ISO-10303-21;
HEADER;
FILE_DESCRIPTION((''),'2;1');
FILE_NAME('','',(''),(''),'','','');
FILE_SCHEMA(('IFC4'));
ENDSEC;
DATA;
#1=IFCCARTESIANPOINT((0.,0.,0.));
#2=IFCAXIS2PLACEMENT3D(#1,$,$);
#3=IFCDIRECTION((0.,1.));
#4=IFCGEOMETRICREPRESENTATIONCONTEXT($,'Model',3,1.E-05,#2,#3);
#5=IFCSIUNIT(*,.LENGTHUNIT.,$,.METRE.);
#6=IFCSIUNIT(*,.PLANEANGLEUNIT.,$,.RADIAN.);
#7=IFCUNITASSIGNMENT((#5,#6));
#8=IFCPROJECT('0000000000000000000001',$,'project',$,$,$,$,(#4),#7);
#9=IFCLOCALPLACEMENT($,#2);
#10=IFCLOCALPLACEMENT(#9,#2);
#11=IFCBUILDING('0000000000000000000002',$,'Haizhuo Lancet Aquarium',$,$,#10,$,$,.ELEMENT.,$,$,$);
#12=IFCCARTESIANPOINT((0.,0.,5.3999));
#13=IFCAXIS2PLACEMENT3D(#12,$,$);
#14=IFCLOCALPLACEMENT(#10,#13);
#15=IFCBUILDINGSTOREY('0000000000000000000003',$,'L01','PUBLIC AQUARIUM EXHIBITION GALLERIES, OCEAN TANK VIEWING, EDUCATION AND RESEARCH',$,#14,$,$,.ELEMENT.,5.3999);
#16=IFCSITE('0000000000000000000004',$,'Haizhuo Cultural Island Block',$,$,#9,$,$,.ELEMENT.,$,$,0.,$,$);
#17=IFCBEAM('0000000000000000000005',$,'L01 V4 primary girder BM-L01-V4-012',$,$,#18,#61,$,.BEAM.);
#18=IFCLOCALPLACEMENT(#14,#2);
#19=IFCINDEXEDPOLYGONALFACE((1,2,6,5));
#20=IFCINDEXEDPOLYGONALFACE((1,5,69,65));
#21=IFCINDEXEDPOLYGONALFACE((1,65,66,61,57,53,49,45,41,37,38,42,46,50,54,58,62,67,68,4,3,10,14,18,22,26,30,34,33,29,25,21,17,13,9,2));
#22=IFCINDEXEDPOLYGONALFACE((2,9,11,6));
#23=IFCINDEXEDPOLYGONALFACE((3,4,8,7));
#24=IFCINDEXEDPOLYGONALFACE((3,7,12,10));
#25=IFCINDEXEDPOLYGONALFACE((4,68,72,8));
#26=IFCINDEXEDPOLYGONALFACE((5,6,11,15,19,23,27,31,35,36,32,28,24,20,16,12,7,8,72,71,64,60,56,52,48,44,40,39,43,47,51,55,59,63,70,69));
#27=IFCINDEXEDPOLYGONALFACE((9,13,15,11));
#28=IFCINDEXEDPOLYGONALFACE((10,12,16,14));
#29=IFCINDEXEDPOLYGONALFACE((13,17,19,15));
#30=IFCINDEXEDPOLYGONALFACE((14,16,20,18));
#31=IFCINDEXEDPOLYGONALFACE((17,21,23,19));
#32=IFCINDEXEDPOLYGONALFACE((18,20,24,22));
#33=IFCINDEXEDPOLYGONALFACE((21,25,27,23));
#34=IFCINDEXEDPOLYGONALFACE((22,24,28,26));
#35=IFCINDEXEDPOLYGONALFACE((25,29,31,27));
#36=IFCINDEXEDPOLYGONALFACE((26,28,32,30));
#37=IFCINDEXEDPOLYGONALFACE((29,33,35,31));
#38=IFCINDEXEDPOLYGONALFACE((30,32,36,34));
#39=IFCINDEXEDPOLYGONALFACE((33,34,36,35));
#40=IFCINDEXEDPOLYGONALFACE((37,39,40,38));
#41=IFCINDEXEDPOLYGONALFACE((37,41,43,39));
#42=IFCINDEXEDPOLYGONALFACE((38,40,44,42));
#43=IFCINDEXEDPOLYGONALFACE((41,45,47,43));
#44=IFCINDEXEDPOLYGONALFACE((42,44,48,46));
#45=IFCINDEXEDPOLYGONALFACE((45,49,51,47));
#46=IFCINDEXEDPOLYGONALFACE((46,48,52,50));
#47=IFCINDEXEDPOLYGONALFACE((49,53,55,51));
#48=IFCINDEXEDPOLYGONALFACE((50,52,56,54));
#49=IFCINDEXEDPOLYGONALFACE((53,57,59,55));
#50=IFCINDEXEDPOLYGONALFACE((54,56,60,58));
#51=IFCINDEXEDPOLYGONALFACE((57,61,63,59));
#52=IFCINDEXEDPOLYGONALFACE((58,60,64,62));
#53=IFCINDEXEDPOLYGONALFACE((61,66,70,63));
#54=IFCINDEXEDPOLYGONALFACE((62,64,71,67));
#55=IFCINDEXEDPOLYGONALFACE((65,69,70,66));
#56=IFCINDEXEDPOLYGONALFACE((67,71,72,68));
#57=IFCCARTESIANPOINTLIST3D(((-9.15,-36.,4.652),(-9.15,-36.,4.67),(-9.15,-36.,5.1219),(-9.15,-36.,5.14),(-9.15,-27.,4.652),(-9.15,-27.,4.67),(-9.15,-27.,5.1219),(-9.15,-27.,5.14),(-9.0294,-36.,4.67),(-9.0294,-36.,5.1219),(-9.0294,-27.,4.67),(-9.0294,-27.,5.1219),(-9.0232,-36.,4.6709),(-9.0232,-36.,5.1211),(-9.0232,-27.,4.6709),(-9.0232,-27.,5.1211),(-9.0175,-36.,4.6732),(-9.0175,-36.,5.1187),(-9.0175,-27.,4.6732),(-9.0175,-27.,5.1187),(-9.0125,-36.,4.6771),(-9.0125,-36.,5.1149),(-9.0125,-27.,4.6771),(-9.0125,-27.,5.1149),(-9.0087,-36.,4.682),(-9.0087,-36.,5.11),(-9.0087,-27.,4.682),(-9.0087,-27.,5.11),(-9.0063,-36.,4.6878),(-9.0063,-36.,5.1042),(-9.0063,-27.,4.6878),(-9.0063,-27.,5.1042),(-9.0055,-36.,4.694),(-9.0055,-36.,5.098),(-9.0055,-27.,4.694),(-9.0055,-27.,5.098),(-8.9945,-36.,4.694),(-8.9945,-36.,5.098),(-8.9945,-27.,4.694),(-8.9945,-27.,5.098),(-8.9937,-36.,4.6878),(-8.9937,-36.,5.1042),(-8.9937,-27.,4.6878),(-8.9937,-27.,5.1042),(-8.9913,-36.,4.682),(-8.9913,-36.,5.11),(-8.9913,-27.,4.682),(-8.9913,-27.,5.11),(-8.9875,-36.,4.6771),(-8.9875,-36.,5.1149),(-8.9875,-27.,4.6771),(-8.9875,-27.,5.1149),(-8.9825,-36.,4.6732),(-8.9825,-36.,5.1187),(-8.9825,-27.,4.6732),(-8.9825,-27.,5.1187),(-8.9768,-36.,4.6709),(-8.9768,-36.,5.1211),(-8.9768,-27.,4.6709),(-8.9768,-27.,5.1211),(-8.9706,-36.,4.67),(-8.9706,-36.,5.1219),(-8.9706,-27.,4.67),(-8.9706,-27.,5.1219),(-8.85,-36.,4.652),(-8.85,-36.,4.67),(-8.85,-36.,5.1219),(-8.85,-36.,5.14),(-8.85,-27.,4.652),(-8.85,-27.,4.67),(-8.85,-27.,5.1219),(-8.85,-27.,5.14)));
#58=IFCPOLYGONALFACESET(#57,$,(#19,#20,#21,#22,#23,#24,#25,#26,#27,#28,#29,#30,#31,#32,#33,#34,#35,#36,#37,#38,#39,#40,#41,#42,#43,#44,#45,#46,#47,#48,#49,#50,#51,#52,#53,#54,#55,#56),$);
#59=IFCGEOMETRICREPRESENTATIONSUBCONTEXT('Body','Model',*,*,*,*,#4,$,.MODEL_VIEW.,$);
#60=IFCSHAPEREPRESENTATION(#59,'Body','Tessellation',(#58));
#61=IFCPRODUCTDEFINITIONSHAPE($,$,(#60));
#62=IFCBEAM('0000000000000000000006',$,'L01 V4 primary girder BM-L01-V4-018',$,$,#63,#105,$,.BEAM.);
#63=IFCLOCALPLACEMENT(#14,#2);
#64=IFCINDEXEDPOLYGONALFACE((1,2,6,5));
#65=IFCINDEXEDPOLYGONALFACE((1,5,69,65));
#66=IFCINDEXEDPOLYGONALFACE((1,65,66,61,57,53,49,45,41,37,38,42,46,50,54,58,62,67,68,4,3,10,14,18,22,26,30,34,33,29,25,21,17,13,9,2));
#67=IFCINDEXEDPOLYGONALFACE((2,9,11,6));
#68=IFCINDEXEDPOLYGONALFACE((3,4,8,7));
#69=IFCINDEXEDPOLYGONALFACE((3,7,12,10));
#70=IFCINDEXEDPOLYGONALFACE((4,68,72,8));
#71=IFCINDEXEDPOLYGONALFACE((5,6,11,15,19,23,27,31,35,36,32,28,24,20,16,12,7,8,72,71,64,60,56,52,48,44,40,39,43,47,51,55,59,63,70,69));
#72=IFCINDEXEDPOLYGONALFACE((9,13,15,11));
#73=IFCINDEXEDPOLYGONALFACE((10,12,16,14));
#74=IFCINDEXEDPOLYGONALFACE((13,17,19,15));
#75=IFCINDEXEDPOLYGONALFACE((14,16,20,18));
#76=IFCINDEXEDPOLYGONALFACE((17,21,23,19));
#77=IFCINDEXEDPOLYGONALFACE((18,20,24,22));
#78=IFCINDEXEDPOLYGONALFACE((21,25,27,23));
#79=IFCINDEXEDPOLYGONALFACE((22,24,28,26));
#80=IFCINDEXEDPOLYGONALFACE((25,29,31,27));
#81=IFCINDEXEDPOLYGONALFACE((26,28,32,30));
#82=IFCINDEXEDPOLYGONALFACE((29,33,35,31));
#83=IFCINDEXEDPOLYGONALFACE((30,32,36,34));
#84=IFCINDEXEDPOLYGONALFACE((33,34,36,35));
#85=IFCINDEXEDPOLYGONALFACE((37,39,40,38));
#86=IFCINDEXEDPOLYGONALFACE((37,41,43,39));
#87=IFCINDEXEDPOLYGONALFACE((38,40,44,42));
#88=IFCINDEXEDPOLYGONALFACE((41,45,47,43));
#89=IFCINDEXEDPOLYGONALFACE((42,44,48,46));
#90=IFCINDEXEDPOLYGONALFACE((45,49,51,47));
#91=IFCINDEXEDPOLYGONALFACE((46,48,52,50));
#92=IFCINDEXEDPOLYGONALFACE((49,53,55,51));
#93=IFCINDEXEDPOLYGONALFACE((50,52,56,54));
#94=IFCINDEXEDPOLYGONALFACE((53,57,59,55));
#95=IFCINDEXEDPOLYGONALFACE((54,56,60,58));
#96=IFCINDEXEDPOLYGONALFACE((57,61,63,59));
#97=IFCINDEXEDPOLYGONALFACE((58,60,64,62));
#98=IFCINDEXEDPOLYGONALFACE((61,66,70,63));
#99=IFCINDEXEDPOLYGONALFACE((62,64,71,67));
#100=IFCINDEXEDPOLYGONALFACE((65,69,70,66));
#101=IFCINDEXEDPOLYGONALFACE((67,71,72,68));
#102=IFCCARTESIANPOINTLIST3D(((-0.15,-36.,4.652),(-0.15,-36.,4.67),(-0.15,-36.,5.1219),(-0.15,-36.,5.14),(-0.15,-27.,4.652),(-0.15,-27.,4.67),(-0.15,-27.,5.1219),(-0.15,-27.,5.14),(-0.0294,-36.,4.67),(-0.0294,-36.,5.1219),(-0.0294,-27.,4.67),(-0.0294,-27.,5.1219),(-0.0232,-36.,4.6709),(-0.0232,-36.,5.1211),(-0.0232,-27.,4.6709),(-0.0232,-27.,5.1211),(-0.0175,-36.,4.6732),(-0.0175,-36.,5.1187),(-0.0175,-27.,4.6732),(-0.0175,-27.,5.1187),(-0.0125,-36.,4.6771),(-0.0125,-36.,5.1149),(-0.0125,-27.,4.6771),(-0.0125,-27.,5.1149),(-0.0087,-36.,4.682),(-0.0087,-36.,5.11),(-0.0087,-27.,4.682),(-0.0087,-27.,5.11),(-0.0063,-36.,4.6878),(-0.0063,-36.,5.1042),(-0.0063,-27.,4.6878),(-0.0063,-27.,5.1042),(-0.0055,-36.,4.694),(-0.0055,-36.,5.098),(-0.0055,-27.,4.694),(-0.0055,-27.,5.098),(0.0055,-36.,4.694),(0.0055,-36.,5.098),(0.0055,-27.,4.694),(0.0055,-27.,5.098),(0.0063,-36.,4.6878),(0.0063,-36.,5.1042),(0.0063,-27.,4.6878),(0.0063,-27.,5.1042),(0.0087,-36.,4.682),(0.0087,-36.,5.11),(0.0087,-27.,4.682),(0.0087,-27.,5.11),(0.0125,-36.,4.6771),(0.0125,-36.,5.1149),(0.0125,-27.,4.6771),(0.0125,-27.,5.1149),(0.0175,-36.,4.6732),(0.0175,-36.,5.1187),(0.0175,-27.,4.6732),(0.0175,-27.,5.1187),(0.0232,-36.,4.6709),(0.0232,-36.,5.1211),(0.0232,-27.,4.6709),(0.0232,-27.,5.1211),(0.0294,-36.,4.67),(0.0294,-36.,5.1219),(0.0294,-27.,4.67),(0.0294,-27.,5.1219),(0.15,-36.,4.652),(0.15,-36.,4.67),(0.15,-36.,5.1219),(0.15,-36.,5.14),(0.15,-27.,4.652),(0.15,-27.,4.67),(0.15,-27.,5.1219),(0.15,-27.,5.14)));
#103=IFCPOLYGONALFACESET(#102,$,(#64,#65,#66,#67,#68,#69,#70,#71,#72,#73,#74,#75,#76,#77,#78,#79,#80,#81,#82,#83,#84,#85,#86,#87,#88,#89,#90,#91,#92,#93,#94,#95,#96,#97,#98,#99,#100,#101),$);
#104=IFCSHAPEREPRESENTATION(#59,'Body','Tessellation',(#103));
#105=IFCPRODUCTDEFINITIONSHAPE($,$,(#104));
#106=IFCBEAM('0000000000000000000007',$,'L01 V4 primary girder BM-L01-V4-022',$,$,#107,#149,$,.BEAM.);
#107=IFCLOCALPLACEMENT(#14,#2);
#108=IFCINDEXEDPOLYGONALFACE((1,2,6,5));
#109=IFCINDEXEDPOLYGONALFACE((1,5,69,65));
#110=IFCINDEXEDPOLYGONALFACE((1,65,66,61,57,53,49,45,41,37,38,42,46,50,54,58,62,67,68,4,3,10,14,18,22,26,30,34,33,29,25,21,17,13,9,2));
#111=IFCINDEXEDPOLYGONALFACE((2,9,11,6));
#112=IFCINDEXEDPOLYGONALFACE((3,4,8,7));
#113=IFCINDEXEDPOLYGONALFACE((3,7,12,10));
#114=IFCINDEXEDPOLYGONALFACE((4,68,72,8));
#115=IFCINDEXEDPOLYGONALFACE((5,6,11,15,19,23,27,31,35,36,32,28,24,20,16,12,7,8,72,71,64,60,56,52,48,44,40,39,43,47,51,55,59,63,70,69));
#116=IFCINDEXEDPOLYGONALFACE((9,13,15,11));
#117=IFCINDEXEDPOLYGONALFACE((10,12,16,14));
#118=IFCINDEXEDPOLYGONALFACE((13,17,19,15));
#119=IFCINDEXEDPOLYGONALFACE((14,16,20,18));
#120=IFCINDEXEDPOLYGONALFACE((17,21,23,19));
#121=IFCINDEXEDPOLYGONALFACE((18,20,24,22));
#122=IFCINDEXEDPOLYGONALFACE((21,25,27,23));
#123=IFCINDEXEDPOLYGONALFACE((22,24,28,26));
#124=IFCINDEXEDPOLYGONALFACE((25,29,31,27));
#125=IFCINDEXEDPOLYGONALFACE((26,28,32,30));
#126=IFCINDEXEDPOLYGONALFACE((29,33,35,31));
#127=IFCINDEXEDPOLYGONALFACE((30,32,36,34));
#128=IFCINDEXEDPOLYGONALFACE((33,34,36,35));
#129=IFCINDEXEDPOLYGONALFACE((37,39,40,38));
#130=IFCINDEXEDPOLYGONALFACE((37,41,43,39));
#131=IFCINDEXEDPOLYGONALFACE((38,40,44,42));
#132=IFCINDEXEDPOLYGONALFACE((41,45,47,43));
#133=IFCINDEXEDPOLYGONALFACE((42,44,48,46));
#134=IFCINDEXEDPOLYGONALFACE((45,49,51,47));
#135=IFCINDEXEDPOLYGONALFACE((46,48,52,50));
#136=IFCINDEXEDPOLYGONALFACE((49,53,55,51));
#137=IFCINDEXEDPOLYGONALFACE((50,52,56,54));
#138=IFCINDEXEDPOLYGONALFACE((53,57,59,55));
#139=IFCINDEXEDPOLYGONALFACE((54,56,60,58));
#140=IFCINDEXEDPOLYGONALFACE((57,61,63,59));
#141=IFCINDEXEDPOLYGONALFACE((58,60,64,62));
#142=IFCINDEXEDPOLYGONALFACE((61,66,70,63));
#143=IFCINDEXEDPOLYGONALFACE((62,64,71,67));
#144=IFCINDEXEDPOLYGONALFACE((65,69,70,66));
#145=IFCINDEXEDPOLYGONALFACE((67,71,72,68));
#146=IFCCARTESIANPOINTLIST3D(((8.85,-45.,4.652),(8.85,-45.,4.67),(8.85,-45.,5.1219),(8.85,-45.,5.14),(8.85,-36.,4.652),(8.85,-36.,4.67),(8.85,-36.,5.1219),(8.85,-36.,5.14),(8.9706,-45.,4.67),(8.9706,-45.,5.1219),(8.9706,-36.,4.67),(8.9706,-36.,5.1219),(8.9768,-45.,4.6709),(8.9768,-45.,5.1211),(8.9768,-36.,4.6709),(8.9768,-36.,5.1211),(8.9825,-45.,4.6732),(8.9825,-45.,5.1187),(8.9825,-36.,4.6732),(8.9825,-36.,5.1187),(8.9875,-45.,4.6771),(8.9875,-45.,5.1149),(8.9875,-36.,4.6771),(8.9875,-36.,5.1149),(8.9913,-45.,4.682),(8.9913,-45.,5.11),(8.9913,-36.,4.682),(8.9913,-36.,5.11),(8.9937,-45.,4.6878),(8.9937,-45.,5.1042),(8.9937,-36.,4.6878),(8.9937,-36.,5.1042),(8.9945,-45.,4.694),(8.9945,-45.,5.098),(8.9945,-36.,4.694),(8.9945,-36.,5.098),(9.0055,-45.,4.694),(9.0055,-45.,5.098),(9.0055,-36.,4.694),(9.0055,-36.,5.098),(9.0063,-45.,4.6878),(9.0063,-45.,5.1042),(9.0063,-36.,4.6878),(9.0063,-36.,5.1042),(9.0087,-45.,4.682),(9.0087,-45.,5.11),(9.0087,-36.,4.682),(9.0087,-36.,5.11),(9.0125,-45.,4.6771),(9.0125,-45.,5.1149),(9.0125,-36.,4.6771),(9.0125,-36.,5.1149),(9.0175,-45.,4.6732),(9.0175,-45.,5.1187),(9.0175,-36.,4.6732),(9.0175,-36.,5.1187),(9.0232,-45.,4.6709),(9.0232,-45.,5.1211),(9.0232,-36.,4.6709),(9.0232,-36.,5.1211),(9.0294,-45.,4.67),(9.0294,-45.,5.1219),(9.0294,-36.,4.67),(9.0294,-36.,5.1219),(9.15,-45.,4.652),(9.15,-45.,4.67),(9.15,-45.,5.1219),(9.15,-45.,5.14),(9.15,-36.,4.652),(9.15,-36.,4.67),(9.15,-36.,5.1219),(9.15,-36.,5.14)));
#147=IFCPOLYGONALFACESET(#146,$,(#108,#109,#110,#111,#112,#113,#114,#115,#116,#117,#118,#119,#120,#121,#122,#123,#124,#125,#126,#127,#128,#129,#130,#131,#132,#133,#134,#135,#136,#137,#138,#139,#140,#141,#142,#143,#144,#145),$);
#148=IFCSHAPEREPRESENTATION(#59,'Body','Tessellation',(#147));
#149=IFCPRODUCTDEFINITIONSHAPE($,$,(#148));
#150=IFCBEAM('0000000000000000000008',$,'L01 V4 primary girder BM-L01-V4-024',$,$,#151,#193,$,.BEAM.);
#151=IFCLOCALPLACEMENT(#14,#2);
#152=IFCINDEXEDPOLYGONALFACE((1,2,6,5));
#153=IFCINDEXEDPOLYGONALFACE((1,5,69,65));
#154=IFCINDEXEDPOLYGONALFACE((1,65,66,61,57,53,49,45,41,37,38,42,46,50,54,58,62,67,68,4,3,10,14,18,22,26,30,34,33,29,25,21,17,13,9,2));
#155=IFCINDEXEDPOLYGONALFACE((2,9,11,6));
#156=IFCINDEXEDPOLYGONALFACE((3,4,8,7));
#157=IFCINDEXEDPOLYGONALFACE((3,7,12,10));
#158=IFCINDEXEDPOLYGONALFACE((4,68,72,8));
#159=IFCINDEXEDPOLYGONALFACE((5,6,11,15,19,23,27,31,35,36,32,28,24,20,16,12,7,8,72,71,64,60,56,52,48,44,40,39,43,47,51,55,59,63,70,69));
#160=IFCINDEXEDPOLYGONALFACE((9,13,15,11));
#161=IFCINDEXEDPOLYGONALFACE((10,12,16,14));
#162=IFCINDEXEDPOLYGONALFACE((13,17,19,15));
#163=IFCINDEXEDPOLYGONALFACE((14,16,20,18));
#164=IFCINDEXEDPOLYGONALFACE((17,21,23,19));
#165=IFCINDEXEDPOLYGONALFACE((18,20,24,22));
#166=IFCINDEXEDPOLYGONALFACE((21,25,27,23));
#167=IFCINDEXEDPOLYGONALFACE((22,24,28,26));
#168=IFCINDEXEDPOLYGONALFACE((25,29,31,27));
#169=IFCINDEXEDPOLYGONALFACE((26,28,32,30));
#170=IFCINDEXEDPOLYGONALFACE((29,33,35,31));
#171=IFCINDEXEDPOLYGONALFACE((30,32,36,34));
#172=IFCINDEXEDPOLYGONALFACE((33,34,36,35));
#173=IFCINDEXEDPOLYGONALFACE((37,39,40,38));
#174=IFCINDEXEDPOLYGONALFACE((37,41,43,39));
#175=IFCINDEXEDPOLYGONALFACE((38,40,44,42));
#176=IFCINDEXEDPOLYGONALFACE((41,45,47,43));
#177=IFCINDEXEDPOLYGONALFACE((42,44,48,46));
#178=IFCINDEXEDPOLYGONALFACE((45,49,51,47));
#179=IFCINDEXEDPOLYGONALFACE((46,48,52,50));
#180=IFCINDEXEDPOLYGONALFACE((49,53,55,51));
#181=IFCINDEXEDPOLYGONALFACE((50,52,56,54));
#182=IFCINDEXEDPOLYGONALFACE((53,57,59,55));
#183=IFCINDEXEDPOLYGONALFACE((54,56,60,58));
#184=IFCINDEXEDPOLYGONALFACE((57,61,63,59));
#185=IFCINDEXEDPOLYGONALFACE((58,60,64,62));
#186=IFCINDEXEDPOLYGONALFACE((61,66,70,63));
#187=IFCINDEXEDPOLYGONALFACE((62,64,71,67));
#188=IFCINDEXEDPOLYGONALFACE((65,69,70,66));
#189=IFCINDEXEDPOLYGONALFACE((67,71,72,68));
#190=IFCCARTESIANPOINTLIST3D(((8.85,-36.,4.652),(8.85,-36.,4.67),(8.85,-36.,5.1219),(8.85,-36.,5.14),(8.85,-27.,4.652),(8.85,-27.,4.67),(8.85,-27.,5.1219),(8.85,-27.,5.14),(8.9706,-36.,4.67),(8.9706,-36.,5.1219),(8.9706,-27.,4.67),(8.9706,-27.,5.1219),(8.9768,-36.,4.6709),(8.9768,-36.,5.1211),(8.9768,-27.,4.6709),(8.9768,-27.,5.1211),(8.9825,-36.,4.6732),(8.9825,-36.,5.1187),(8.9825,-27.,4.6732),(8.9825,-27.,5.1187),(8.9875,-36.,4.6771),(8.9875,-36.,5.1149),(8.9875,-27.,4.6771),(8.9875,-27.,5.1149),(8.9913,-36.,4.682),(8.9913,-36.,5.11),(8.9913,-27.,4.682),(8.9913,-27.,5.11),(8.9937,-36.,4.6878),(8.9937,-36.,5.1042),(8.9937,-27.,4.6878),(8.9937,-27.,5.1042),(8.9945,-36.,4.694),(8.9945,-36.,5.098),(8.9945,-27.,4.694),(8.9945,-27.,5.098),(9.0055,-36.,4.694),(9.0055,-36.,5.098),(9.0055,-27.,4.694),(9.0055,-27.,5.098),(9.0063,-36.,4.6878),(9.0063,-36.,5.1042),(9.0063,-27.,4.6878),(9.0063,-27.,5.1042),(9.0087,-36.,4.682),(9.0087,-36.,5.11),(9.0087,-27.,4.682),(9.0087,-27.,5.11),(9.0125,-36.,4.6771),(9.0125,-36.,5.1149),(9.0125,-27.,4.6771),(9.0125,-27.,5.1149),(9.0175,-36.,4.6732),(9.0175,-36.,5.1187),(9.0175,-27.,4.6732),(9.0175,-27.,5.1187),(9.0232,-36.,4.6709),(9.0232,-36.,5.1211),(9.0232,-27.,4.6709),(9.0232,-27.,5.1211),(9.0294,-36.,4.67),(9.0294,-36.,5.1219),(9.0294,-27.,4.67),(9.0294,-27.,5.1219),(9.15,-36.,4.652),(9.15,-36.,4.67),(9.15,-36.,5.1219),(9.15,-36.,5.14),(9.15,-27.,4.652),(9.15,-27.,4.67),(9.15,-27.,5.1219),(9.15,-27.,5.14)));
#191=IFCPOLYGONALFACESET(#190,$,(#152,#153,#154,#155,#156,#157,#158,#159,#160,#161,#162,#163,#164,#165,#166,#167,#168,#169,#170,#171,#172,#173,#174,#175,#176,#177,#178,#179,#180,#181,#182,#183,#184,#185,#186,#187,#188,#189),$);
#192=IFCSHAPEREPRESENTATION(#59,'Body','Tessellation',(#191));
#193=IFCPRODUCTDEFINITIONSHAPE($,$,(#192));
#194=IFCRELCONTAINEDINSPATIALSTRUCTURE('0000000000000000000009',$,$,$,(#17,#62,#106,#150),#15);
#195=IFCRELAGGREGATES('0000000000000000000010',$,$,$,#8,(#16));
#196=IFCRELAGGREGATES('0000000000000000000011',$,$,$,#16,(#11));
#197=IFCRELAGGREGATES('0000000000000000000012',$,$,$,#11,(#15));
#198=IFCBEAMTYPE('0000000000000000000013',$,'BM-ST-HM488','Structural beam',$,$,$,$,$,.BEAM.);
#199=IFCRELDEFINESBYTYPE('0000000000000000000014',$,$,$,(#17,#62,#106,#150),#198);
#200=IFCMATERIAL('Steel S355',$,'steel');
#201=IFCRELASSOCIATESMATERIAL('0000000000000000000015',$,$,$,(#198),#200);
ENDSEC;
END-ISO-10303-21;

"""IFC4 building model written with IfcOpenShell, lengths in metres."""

from ifc_helpers import new_model, si_unit, direction, frame, origin, origin_2d, place, context, subcontext, project, spatial, i_section, extrude, material, material_profile, profile_set, type_object, element, save


model = new_model("IFC4")

# Units and contexts
model_context = context("Model", 3, precision=1e-05, world=origin(), true_north=direction((0.0, 1.0)))
body_context = subcontext(model_context, "Body", "Model", "MODEL_VIEW")
ifc_project = project(units=[si_unit("LENGTHUNIT", "METRE"), si_unit("PLANEANGLEUNIT", "RADIAN")], contexts=[model_context])

# Site, building, storey
site_placement = place(None, origin())
site = spatial("IfcSite", under=ifc_project, at=site_placement, Name="Haizhuo Cultural Island Block", CompositionType="ELEMENT", RefElevation=0.0)
building_placement = place(site_placement, origin())
building = spatial("IfcBuilding", under=site, at=building_placement, Name="Haizhuo Lancet Aquarium", CompositionType="ELEMENT")
storey_placement = place(building_placement, frame((0.0, 0.0, 5.3999)))
storey = spatial("IfcBuildingStorey", under=building, at=storey_placement, Name="L01", Description="PUBLIC AQUARIUM EXHIBITION GALLERIES, OCEAN TANK VIEWING, EDUCATION AND RESEARCH", CompositionType="ELEMENT", Elevation=5.3999)

# Shared definitions
ifc_material_1 = material(Name="Steel S355", Category="steel")

# Beams
ifc_material_profile_1 = material_profile(ifc_material_1, i_section(OverallWidth=0.3, OverallDepth=0.488, WebThickness=0.011, FlangeThickness=0.0181, FilletRadius=0.0239, at=origin_2d()), Name="HM 488x300x11x18")
ifc_profile_set_1 = profile_set([ifc_material_profile_1], Name="Steel S355")
beam_type_1 = type_object("IfcBeamType", Name="BM-ST-HM488", Description="Structural beam", PredefinedType="BEAM", material=ifc_profile_set_1)
for number, where, z_axis, x_axis, name in (
    (1, (-9.0, -36.0, 4.896), (0.0, 1.0, 0.0), (-1.0, 0.0, 0.0), "L01 V4 primary girder BM-L01-V4-012"),
    (2, (0.0, -36.0, 4.896), (0.0, 1.0, 0.0), (-1.0, 0.0, 0.0), "L01 V4 primary girder BM-L01-V4-018"),
    (3, (9.0, -45.0, 4.896), (0.0, 1.0, 0.0), (-1.0, 0.0, 0.0), "L01 V4 primary girder BM-L01-V4-022"),
    (4, (9.0, -36.0, 4.896), (0.0, 1.0, 0.0), (-1.0, 0.0, 0.0), "L01 V4 primary girder BM-L01-V4-024"),
):
    element("IfcBeam", number, at=place(storey_placement, frame(where, z_axis=z_axis, x_axis=x_axis)), inside=storey, type_object=beam_type_1, Name=name, PredefinedType="BEAM", context=body_context, shape_type="SweptSolid", body=[
        extrude(i_section(OverallWidth=0.3, OverallDepth=0.488, WebThickness=0.011, FlangeThickness=0.0181, FilletRadius=0.0239, at=origin_2d()), origin(), (0.0, 0.0, 1.0), 9.0),
    ])

save(model, "model.ifc")
